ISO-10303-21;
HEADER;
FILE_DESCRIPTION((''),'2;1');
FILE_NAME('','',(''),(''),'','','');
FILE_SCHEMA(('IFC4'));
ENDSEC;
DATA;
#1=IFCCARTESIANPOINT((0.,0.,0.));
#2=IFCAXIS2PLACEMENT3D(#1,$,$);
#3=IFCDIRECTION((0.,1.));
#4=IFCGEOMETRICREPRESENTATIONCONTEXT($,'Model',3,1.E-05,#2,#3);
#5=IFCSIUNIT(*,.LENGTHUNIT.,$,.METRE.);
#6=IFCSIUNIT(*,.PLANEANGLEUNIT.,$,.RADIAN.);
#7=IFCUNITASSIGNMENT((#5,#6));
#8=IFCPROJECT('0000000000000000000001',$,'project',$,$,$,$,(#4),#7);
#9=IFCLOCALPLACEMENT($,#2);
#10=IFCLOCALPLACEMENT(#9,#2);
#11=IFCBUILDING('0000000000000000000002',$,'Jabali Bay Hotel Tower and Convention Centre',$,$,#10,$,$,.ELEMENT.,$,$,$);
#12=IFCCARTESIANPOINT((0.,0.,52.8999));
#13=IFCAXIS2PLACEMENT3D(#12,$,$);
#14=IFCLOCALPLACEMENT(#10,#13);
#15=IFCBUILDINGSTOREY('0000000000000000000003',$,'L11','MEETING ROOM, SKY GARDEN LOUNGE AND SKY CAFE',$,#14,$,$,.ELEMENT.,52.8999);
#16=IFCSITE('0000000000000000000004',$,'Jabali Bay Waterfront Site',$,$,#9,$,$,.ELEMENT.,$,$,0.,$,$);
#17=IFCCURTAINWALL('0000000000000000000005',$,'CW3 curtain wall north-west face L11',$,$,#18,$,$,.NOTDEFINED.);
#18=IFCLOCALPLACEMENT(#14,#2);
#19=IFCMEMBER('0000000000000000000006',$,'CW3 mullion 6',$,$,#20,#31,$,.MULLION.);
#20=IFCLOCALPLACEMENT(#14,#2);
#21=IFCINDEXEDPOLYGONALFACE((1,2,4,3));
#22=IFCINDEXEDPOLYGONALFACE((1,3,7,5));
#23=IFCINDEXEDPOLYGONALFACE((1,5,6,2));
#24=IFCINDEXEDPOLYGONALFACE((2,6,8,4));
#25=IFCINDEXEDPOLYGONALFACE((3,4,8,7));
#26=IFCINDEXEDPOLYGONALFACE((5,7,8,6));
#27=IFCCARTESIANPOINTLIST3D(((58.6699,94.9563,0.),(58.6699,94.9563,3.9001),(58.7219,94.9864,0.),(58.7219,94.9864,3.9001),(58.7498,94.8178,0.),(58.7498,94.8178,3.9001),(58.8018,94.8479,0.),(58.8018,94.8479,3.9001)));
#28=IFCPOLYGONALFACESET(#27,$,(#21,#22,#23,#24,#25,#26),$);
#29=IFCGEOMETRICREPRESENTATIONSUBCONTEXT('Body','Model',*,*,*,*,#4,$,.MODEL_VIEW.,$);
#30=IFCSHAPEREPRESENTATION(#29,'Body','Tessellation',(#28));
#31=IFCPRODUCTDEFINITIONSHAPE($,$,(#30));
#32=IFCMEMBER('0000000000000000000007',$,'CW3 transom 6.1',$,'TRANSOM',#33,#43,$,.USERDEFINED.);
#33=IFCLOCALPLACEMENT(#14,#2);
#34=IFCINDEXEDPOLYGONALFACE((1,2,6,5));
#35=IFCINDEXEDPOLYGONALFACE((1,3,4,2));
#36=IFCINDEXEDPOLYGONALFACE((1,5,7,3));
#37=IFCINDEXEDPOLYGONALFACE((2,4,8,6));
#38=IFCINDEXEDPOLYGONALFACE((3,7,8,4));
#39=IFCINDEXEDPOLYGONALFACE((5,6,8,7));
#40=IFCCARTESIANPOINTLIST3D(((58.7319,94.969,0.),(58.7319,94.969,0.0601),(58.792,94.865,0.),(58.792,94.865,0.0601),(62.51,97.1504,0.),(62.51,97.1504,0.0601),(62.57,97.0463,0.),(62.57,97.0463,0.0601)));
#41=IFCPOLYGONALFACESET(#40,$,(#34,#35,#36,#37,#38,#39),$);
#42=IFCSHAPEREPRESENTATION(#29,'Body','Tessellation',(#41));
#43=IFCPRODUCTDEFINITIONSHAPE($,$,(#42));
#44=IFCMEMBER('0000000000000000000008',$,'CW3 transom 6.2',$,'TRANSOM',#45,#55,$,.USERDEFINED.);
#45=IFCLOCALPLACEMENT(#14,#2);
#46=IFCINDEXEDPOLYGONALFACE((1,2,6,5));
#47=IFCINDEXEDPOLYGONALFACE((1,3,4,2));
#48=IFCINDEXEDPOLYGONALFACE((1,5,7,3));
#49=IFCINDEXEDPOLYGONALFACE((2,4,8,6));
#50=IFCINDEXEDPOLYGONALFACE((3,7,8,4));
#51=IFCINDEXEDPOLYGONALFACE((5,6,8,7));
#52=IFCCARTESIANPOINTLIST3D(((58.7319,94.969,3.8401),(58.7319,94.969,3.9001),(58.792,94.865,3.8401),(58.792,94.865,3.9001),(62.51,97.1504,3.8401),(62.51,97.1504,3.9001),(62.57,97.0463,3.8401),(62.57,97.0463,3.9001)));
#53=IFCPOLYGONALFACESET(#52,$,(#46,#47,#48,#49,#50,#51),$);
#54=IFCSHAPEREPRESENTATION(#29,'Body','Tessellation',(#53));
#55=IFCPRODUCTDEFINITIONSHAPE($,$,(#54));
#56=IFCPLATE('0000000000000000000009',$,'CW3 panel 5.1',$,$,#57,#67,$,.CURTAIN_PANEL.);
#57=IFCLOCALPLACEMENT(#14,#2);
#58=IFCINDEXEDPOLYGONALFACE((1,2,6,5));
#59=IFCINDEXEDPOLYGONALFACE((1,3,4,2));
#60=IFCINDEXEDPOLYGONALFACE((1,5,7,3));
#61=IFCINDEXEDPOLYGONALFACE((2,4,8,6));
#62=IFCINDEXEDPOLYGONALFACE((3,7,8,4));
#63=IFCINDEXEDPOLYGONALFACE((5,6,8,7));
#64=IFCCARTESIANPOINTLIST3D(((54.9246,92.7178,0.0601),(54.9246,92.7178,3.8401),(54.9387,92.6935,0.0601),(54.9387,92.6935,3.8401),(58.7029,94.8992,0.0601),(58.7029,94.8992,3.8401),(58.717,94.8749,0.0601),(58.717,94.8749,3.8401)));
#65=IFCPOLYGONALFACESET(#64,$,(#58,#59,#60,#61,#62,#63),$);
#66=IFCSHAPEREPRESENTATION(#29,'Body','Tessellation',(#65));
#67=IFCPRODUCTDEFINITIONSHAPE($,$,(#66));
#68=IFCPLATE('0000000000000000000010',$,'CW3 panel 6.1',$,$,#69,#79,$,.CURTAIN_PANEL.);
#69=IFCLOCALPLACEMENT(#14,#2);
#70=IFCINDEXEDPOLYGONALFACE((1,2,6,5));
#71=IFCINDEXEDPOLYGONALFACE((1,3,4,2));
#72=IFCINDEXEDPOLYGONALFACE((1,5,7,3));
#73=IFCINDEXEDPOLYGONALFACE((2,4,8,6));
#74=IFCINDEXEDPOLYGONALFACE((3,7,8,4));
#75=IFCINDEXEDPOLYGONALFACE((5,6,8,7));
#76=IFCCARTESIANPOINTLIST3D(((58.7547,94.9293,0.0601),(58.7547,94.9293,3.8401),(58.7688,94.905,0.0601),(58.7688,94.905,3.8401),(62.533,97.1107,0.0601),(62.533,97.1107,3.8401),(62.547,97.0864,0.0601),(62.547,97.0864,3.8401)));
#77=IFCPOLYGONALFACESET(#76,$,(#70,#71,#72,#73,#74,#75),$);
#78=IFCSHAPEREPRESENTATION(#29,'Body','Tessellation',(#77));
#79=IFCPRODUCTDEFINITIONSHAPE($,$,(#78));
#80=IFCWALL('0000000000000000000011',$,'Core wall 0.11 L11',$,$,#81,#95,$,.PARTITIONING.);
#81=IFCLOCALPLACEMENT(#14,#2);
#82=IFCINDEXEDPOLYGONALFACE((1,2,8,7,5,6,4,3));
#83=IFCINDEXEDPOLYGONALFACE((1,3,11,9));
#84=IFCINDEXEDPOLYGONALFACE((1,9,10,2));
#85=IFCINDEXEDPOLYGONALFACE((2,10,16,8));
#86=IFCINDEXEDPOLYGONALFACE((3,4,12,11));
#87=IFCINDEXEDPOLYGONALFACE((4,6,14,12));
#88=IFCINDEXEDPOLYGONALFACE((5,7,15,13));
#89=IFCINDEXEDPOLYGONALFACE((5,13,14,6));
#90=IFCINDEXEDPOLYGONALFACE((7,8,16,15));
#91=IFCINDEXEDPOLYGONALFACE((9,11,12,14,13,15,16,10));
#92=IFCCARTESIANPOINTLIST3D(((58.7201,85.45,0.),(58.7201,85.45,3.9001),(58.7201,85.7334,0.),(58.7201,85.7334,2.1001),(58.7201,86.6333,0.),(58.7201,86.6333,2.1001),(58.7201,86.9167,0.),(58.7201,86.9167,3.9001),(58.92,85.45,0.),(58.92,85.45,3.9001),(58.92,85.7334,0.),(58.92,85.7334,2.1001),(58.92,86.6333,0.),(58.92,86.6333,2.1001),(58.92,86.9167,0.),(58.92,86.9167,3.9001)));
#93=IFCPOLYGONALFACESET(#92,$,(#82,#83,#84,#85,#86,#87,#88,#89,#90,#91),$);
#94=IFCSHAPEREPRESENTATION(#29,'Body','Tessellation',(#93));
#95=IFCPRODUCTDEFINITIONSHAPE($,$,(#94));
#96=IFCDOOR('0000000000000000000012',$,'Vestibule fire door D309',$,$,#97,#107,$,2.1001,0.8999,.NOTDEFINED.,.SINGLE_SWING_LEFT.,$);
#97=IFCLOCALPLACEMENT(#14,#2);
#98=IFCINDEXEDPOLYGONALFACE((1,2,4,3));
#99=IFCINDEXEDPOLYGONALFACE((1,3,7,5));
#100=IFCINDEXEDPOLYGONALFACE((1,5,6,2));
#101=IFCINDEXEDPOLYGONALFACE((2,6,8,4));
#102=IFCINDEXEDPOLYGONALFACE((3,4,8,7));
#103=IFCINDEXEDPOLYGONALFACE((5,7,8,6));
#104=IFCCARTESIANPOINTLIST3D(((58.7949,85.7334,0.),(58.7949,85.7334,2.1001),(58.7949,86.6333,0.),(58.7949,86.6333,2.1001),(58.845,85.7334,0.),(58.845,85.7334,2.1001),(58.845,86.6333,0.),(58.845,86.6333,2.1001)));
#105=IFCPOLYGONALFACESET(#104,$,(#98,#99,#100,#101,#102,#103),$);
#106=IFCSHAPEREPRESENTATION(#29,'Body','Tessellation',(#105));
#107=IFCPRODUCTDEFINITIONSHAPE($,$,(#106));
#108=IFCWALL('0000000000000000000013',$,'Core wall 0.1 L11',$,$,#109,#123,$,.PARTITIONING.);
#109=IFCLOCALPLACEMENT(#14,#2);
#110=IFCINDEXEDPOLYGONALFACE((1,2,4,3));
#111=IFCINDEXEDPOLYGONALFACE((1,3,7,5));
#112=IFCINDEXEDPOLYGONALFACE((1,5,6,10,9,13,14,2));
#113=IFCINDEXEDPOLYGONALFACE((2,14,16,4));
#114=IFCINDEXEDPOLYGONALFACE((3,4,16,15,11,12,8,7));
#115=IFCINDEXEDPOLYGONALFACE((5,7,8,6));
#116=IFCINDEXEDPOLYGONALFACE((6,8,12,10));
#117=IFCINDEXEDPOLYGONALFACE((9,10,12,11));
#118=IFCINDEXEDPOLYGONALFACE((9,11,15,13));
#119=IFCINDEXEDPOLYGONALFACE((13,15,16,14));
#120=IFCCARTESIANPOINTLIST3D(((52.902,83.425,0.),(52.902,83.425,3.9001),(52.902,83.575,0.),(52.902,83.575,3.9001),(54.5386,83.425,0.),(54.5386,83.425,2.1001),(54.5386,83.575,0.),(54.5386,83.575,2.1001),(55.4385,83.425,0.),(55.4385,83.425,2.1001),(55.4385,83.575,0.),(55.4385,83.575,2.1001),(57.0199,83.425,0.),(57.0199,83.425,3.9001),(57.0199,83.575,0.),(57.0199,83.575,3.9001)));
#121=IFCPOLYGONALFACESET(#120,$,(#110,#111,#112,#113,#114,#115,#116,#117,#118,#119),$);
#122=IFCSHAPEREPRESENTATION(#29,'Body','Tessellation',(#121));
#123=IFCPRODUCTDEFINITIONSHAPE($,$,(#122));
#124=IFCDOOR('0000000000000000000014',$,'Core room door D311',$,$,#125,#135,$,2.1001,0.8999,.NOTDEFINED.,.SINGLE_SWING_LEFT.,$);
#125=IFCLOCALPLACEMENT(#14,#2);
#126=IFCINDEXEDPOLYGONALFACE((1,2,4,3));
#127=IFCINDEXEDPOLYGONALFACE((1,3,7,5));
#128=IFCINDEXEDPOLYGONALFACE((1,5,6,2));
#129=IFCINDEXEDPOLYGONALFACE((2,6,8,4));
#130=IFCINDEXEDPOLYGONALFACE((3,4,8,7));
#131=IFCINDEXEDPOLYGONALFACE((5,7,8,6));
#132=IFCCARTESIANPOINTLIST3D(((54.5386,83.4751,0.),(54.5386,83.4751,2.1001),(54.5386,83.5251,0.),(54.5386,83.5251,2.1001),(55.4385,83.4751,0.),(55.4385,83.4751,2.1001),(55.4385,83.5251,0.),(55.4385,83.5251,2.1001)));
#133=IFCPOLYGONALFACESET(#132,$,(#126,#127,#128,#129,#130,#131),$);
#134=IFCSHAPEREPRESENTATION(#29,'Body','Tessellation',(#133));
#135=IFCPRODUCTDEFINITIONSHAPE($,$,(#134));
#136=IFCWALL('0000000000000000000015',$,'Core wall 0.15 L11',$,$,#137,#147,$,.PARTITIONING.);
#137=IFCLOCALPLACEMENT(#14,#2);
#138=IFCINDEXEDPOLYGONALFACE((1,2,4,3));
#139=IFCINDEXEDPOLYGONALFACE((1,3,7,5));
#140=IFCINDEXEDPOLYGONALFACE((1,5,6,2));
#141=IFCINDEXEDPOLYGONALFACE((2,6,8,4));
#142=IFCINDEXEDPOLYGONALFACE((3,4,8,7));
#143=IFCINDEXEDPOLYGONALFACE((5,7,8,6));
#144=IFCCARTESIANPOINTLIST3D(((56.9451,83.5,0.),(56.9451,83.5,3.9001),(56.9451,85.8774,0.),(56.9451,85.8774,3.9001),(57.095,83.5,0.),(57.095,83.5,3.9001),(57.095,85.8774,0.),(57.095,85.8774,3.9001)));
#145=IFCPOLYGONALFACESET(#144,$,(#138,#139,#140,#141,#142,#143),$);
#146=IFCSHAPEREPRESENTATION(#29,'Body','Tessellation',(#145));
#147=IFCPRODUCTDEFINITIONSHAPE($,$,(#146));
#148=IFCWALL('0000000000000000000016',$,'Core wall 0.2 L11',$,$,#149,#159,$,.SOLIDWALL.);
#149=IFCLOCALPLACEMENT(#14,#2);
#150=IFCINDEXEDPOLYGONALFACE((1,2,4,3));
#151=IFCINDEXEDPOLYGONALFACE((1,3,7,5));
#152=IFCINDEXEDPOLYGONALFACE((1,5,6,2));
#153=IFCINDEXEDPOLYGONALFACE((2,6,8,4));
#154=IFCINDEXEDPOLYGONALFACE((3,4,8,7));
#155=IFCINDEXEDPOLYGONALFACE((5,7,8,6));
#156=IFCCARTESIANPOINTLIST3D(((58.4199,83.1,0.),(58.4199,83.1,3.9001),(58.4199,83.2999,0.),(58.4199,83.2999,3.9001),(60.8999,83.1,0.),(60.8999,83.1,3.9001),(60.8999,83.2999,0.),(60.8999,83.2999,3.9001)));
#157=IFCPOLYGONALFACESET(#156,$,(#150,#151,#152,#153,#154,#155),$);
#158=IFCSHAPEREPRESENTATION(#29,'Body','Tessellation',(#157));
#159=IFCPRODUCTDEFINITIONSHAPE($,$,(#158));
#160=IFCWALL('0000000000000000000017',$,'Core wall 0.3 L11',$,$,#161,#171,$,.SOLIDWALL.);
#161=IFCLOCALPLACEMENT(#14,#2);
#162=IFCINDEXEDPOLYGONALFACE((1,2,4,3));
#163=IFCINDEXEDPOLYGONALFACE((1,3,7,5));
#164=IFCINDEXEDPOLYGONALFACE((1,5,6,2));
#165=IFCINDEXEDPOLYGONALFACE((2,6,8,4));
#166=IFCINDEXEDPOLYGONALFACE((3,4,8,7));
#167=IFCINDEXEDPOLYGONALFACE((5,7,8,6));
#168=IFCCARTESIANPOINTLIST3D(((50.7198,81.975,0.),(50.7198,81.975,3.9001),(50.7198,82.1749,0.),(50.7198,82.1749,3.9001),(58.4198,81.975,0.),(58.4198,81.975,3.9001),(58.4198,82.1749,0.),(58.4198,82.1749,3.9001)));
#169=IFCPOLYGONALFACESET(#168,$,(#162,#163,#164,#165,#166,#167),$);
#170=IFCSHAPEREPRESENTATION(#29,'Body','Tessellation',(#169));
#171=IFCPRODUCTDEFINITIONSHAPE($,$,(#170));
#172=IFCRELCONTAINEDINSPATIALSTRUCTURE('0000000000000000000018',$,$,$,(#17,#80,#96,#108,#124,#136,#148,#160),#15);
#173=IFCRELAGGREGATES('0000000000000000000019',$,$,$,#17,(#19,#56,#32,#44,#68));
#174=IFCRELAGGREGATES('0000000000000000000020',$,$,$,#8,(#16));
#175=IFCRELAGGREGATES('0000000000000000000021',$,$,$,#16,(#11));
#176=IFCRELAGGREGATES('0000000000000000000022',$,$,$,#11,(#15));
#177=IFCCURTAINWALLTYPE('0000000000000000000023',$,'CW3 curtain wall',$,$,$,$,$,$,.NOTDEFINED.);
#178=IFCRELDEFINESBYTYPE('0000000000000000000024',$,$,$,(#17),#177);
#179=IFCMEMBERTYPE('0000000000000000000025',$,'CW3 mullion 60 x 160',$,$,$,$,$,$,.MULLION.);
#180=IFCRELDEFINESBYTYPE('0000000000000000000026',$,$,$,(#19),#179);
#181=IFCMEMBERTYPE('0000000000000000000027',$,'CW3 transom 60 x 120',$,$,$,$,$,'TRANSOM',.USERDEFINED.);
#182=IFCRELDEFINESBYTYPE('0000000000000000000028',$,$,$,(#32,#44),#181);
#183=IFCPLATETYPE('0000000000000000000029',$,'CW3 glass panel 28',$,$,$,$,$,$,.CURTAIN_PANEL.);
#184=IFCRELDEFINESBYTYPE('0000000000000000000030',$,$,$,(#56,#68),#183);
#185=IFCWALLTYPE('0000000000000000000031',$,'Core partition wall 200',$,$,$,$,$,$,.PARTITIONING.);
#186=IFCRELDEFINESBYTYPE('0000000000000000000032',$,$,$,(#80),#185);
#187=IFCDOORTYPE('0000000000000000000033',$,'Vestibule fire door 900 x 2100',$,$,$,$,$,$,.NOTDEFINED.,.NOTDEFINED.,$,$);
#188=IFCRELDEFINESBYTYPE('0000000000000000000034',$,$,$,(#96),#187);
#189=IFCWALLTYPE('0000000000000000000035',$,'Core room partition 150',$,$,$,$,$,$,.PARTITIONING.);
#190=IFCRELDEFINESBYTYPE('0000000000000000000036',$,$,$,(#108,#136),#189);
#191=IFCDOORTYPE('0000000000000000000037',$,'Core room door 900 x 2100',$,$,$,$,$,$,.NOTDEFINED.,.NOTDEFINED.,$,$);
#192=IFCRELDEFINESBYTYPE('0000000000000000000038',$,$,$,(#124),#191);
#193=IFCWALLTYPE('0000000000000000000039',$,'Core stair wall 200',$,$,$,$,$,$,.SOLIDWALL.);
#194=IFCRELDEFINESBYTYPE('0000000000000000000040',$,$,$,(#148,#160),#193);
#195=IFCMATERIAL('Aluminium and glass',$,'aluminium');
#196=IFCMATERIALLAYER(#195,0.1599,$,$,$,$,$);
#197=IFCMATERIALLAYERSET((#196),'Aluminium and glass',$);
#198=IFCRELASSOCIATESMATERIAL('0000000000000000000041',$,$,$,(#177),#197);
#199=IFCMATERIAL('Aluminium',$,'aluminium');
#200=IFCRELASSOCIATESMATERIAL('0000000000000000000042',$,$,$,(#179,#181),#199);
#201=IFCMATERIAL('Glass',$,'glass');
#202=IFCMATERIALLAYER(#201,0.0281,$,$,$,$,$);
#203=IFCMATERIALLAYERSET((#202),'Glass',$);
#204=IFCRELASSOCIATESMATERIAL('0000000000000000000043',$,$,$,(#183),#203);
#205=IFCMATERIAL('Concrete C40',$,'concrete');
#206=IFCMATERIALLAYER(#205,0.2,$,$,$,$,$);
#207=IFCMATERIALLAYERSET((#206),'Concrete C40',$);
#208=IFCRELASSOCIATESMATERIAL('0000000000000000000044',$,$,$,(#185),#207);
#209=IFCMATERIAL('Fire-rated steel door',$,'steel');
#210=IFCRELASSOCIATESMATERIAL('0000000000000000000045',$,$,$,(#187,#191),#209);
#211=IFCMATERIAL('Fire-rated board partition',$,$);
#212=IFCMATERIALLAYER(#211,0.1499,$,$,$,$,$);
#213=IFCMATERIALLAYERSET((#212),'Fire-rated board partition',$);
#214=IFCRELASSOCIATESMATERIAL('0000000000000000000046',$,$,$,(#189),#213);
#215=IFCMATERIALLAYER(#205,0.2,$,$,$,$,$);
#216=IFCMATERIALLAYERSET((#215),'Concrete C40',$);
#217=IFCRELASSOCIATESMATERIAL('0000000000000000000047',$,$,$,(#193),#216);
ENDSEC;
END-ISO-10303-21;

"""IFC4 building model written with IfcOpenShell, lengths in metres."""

from ifc_helpers import new_model, si_unit, direction, frame, frame_2d, origin, origin_2d, place, context, subcontext, project, spatial, rectangle, extrude, material, layer, layer_set, material_profile, profile_set, type_object, element, fill, aggregate, save


model = new_model("IFC4")

# Units and contexts
model_context = context("Model", 3, precision=1e-05, world=origin(), true_north=direction((0.0, 1.0)))
body_context = subcontext(model_context, "Body", "Model", "MODEL_VIEW")
ifc_project = project(units=[si_unit("LENGTHUNIT", "METRE"), si_unit("PLANEANGLEUNIT", "RADIAN")], contexts=[model_context])

# Site, building, storey
site_placement = place(None, origin())
site = spatial("IfcSite", under=ifc_project, at=site_placement, Name="Jabali Bay Waterfront Site", CompositionType="ELEMENT", RefElevation=0.0)
building_placement = place(site_placement, origin())
building = spatial("IfcBuilding", under=site, at=building_placement, Name="Jabali Bay Hotel Tower and Convention Centre", CompositionType="ELEMENT")
storey_placement = place(building_placement, frame((0.0, 0.0, 52.8999)))
storey = spatial("IfcBuildingStorey", under=building, at=storey_placement, Name="L11", Description="MEETING ROOM, SKY GARDEN LOUNGE AND SKY CAFE", CompositionType="ELEMENT", Elevation=52.8999)

# Curtain wall, members, plates
ifc_material_1 = material(Name="Aluminium and glass", Category="aluminium")
ifc_layer_1 = layer(ifc_material_1, 0.1599)
ifc_layer_set_1 = layer_set([ifc_layer_1], Name="Aluminium and glass")
curtain_wall_type = type_object("IfcCurtainWallType", Name="CW3 curtain wall", PredefinedType="NOTDEFINED", material=ifc_layer_set_1)
curtain_wall_placement = place(storey_placement, origin())
curtain_wall = element("IfcCurtainWall", 1, at=curtain_wall_placement, inside=storey, type_object=curtain_wall_type, Name="CW3 curtain wall north-west face L11", PredefinedType="NOTDEFINED")
ifc_material_2 = material(Name="Aluminium", Category="aluminium")
ifc_material_profile_1 = material_profile(ifc_material_2, rectangle(XDim=0.1599, YDim=0.0601, at=origin_2d()), Name="CW3 mullion 60 x 160")
ifc_profile_set_1 = profile_set([ifc_material_profile_1], Name="Aluminium")
member_type_1 = type_object("IfcMemberType", Name="CW3 mullion 60 x 160", PredefinedType="MULLION", material=ifc_profile_set_1)
member_1_placement = place(storey_placement, frame((58.7358, 94.9021, 0.0), z_axis=(0.0, 0.0, 1.0), x_axis=(-0.5, 0.866025, 0.0)))
member_1 = element("IfcMember", 2, at=member_1_placement, type_object=member_type_1, Name="CW3 mullion 6", PredefinedType="MULLION", context=body_context, shape_type="SweptSolid", body=[
    extrude(rectangle(XDim=0.1599, YDim=0.0601, at=origin_2d()), origin(), (0.0, 0.0, 1.0), 3.9001),
])
ifc_material_profile_2 = material_profile(ifc_material_2, rectangle(XDim=0.1201, YDim=0.0601, at=origin_2d()), Name="CW3 transom 60 x 120")
ifc_profile_set_2 = profile_set([ifc_material_profile_2], Name="Aluminium")
member_type_2 = type_object("IfcMemberType", Name="CW3 transom 60 x 120", ElementType="TRANSOM", PredefinedType="USERDEFINED", material=ifc_profile_set_2)
member_2_placement = place(storey_placement, frame((58.762, 94.917, 0.03), z_axis=(0.866013, 0.500021, 0.0), x_axis=(-0.500021, 0.866013, 0.0)))
member_2 = element("IfcMember", 3, at=member_2_placement, type_object=member_type_2, Name="CW3 transom 6.1", ObjectType="TRANSOM", PredefinedType="USERDEFINED", context=body_context, shape_type="SweptSolid", body=[
    extrude(rectangle(XDim=0.1201, YDim=0.0601, at=origin_2d()), origin(), (0.0, 0.0, 1.0), 4.3625),
])
member_3_placement = place(storey_placement, frame((58.762, 94.917, 3.8701), z_axis=(0.866013, 0.500021, 0.0), x_axis=(-0.500021, 0.866013, 0.0)))
member_3 = element("IfcMember", 4, at=member_3_placement, type_object=member_type_2, Name="CW3 transom 6.2", ObjectType="TRANSOM", PredefinedType="USERDEFINED", context=body_context, shape_type="SweptSolid", body=[
    extrude(rectangle(XDim=0.1201, YDim=0.0601, at=origin_2d()), origin(), (0.0, 0.0, 1.0), 4.3625),
])
ifc_material_3 = material(Name="Glass", Category="glass")
ifc_layer_2 = layer(ifc_material_3, 0.0281)
ifc_layer_set_2 = layer_set([ifc_layer_2], Name="Glass")
plate_type = type_object("IfcPlateType", Name="CW3 glass panel 28", PredefinedType="CURTAIN_PANEL", material=ifc_layer_set_2)
plate_1_placement = place(storey_placement, frame((56.8208, 93.7964, 0.0601), z_axis=(0.0, 0.0, 1.0), x_axis=(0.866025, 0.5, 0.0)))
plate_1 = element("IfcPlate", 5, at=plate_1_placement, type_object=plate_type, Name="CW3 panel 5.1", PredefinedType="CURTAIN_PANEL", context=body_context, shape_type="SweptSolid", body=[
    extrude(rectangle(XDim=4.3628, YDim=0.0281, at=origin_2d()), origin(), (0.0, 0.0, 1.0), 3.78),
])
plate_2_placement = place(storey_placement, frame((60.6509, 96.0078, 0.0601), z_axis=(0.0, 0.0, 1.0), x_axis=(0.866025, 0.5, 0.0)))
plate_2 = element("IfcPlate", 6, at=plate_2_placement, type_object=plate_type, Name="CW3 panel 6.1", PredefinedType="CURTAIN_PANEL", context=body_context, shape_type="SweptSolid", body=[
    extrude(rectangle(XDim=4.3628, YDim=0.0281, at=origin_2d()), origin(), (0.0, 0.0, 1.0), 3.78),
])
aggregate(curtain_wall, [member_1, plate_1, member_2, member_3, plate_2])

# Walls, openings, doors
ifc_material_4 = material(Name="Concrete C40", Category="concrete")
ifc_layer_3 = layer(ifc_material_4, 0.2)
ifc_layer_set_3 = layer_set([ifc_layer_3], Name="Concrete C40")
wall_type_1 = type_object("IfcWallType", Name="Core partition wall 200", PredefinedType="PARTITIONING", material=ifc_layer_set_3)
wall_1_placement = place(storey_placement, frame((58.8201, 86.9167, 0.0), z_axis=(0.0, 0.0, 1.0), x_axis=(0.0, -1.0, 0.0)))
wall_1 = element("IfcWall", 7, at=wall_1_placement, inside=storey, type_object=wall_type_1, Name="Core wall 0.11 L11", PredefinedType="PARTITIONING", context=body_context, shape_type="SweptSolid", body=[
    extrude(rectangle(XDim=1.4668, YDim=0.2, at=frame_2d((0.7334, 0.0))), origin(), (0.0, 0.0, 1.0), 3.9001),
])
opening_1_placement = place(wall_1_placement, frame((0.2834, 0.0, 0.0)))
opening_1 = element("IfcOpeningElement", 8, at=opening_1_placement, cuts=wall_1, PredefinedType="OPENING", context=body_context, shape_type="SweptSolid", body=[
    extrude(rectangle(XDim=0.8999, YDim=2.1001, at=frame_2d((0.45, 1.05))), frame((0.0, 0.1104, 0.0), z_axis=(0.0, -1.0, 0.0), x_axis=(1.0, 0.0, 0.0)), (0.0, 0.0, 1.0), 0.2209),
])
ifc_material_5 = material(Name="Fire-rated steel door", Category="steel")
door_type_1 = type_object("IfcDoorType", Name="Vestibule fire door 900 x 2100", OperationType="NOTDEFINED", PredefinedType="NOTDEFINED", material=ifc_material_5)
door_1_placement = place(opening_1_placement, origin())
door_1 = element("IfcDoor", 9, at=door_1_placement, inside=storey, type_object=door_type_1, Name="Vestibule fire door D309", OperationType="SINGLE_SWING_LEFT", OverallHeight=2.1001, OverallWidth=0.8999, PredefinedType="NOTDEFINED", context=body_context, shape_type="SweptSolid", body=[
    extrude(rectangle(XDim=0.8999, YDim=2.1001, at=frame_2d((0.45, 1.05))), frame((0.0, 0.0249, 0.0), z_axis=(0.0, -1.0, 0.0), x_axis=(1.0, 0.0, 0.0)), (0.0, 0.0, 1.0), 0.05),
])
fill(opening_1, door_1)
ifc_material_6 = material(Name="Fire-rated board partition")
ifc_layer_4 = layer(ifc_material_6, 0.1499)
ifc_layer_set_4 = layer_set([ifc_layer_4], Name="Fire-rated board partition")
wall_type_2 = type_object("IfcWallType", Name="Core room partition 150", PredefinedType="PARTITIONING", material=ifc_layer_set_4)
wall_2_placement = place(storey_placement, frame((57.02, 83.5, 0.0), z_axis=(0.0, 0.0, 1.0), x_axis=(-1.0, 0.0, 0.0)))
wall_2 = element("IfcWall", 10, at=wall_2_placement, inside=storey, type_object=wall_type_2, Name="Core wall 0.1 L11", PredefinedType="PARTITIONING", context=body_context, shape_type="SweptSolid", body=[
    extrude(rectangle(XDim=4.1179, YDim=0.1499, at=frame_2d((2.0591, 0.0))), origin(), (0.0, 0.0, 1.0), 3.9001),
])
opening_2_placement = place(wall_2_placement, frame((1.5815, 0.0, 0.0)))
opening_2 = element("IfcOpeningElement", 11, at=opening_2_placement, cuts=wall_2, PredefinedType="OPENING", context=body_context, shape_type="SweptSolid", body=[
    extrude(rectangle(XDim=0.8999, YDim=2.1001, at=frame_2d((0.45, 1.05))), frame((0.0, 0.0854, 0.0), z_axis=(0.0, -1.0, 0.0), x_axis=(1.0, 0.0, 0.0)), (0.0, 0.0, 1.0), 0.1709),
])
door_type_2 = type_object("IfcDoorType", Name="Core room door 900 x 2100", OperationType="NOTDEFINED", PredefinedType="NOTDEFINED", material=ifc_material_5)
door_2_placement = place(opening_2_placement, origin())
door_2 = element("IfcDoor", 12, at=door_2_placement, inside=storey, type_object=door_type_2, Name="Core room door D311", OperationType="SINGLE_SWING_LEFT", OverallHeight=2.1001, OverallWidth=0.8999, PredefinedType="NOTDEFINED", context=body_context, shape_type="SweptSolid", body=[
    extrude(rectangle(XDim=0.8999, YDim=2.1001, at=frame_2d((0.45, 1.05))), frame((0.0, 0.0249, 0.0), z_axis=(0.0, -1.0, 0.0), x_axis=(1.0, 0.0, 0.0)), (0.0, 0.0, 1.0), 0.05),
])
fill(opening_2, door_2)

# Walls
wall_3_placement = place(storey_placement, frame((57.02, 85.8774, 0.0), z_axis=(0.0, 0.0, 1.0), x_axis=(0.0, -1.0, 0.0)))
element("IfcWall", 13, at=wall_3_placement, inside=storey, type_object=wall_type_2, Name="Core wall 0.15 L11", PredefinedType="PARTITIONING", context=body_context, shape_type="SweptSolid", body=[
    extrude(rectangle(XDim=2.3774, YDim=0.1499, at=frame_2d((1.1887, 0.0))), origin(), (0.0, 0.0, 1.0), 3.9001),
])
ifc_layer_5 = layer(ifc_material_4, 0.2)
ifc_layer_set_5 = layer_set([ifc_layer_5], Name="Concrete C40")
wall_type_3 = type_object("IfcWallType", Name="Core stair wall 200", PredefinedType="SOLIDWALL", material=ifc_layer_set_5)
wall_4_placement = place(storey_placement, frame((60.8999, 83.2, 0.0), z_axis=(0.0, 0.0, 1.0), x_axis=(-1.0, 0.0, 0.0)))
element("IfcWall", 14, at=wall_4_placement, inside=storey, type_object=wall_type_3, Name="Core wall 0.2 L11", PredefinedType="SOLIDWALL", context=body_context, shape_type="SweptSolid", body=[
    extrude(rectangle(XDim=2.48, YDim=0.2, at=frame_2d((1.24, 0.0))), origin(), (0.0, 0.0, 1.0), 3.9001),
])
wall_5_placement = place(storey_placement, frame((58.4199, 82.075, 0.0), z_axis=(0.0, 0.0, 1.0), x_axis=(-1.0, 0.0, 0.0)))
element("IfcWall", 15, at=wall_5_placement, inside=storey, type_object=wall_type_3, Name="Core wall 0.3 L11", PredefinedType="SOLIDWALL", context=body_context, shape_type="SweptSolid", body=[
    extrude(rectangle(XDim=7.7, YDim=0.2, at=frame_2d((3.8501, 0.0))), origin(), (0.0, 0.0, 1.0), 3.9001),
])

save(model, "model.ifc")
